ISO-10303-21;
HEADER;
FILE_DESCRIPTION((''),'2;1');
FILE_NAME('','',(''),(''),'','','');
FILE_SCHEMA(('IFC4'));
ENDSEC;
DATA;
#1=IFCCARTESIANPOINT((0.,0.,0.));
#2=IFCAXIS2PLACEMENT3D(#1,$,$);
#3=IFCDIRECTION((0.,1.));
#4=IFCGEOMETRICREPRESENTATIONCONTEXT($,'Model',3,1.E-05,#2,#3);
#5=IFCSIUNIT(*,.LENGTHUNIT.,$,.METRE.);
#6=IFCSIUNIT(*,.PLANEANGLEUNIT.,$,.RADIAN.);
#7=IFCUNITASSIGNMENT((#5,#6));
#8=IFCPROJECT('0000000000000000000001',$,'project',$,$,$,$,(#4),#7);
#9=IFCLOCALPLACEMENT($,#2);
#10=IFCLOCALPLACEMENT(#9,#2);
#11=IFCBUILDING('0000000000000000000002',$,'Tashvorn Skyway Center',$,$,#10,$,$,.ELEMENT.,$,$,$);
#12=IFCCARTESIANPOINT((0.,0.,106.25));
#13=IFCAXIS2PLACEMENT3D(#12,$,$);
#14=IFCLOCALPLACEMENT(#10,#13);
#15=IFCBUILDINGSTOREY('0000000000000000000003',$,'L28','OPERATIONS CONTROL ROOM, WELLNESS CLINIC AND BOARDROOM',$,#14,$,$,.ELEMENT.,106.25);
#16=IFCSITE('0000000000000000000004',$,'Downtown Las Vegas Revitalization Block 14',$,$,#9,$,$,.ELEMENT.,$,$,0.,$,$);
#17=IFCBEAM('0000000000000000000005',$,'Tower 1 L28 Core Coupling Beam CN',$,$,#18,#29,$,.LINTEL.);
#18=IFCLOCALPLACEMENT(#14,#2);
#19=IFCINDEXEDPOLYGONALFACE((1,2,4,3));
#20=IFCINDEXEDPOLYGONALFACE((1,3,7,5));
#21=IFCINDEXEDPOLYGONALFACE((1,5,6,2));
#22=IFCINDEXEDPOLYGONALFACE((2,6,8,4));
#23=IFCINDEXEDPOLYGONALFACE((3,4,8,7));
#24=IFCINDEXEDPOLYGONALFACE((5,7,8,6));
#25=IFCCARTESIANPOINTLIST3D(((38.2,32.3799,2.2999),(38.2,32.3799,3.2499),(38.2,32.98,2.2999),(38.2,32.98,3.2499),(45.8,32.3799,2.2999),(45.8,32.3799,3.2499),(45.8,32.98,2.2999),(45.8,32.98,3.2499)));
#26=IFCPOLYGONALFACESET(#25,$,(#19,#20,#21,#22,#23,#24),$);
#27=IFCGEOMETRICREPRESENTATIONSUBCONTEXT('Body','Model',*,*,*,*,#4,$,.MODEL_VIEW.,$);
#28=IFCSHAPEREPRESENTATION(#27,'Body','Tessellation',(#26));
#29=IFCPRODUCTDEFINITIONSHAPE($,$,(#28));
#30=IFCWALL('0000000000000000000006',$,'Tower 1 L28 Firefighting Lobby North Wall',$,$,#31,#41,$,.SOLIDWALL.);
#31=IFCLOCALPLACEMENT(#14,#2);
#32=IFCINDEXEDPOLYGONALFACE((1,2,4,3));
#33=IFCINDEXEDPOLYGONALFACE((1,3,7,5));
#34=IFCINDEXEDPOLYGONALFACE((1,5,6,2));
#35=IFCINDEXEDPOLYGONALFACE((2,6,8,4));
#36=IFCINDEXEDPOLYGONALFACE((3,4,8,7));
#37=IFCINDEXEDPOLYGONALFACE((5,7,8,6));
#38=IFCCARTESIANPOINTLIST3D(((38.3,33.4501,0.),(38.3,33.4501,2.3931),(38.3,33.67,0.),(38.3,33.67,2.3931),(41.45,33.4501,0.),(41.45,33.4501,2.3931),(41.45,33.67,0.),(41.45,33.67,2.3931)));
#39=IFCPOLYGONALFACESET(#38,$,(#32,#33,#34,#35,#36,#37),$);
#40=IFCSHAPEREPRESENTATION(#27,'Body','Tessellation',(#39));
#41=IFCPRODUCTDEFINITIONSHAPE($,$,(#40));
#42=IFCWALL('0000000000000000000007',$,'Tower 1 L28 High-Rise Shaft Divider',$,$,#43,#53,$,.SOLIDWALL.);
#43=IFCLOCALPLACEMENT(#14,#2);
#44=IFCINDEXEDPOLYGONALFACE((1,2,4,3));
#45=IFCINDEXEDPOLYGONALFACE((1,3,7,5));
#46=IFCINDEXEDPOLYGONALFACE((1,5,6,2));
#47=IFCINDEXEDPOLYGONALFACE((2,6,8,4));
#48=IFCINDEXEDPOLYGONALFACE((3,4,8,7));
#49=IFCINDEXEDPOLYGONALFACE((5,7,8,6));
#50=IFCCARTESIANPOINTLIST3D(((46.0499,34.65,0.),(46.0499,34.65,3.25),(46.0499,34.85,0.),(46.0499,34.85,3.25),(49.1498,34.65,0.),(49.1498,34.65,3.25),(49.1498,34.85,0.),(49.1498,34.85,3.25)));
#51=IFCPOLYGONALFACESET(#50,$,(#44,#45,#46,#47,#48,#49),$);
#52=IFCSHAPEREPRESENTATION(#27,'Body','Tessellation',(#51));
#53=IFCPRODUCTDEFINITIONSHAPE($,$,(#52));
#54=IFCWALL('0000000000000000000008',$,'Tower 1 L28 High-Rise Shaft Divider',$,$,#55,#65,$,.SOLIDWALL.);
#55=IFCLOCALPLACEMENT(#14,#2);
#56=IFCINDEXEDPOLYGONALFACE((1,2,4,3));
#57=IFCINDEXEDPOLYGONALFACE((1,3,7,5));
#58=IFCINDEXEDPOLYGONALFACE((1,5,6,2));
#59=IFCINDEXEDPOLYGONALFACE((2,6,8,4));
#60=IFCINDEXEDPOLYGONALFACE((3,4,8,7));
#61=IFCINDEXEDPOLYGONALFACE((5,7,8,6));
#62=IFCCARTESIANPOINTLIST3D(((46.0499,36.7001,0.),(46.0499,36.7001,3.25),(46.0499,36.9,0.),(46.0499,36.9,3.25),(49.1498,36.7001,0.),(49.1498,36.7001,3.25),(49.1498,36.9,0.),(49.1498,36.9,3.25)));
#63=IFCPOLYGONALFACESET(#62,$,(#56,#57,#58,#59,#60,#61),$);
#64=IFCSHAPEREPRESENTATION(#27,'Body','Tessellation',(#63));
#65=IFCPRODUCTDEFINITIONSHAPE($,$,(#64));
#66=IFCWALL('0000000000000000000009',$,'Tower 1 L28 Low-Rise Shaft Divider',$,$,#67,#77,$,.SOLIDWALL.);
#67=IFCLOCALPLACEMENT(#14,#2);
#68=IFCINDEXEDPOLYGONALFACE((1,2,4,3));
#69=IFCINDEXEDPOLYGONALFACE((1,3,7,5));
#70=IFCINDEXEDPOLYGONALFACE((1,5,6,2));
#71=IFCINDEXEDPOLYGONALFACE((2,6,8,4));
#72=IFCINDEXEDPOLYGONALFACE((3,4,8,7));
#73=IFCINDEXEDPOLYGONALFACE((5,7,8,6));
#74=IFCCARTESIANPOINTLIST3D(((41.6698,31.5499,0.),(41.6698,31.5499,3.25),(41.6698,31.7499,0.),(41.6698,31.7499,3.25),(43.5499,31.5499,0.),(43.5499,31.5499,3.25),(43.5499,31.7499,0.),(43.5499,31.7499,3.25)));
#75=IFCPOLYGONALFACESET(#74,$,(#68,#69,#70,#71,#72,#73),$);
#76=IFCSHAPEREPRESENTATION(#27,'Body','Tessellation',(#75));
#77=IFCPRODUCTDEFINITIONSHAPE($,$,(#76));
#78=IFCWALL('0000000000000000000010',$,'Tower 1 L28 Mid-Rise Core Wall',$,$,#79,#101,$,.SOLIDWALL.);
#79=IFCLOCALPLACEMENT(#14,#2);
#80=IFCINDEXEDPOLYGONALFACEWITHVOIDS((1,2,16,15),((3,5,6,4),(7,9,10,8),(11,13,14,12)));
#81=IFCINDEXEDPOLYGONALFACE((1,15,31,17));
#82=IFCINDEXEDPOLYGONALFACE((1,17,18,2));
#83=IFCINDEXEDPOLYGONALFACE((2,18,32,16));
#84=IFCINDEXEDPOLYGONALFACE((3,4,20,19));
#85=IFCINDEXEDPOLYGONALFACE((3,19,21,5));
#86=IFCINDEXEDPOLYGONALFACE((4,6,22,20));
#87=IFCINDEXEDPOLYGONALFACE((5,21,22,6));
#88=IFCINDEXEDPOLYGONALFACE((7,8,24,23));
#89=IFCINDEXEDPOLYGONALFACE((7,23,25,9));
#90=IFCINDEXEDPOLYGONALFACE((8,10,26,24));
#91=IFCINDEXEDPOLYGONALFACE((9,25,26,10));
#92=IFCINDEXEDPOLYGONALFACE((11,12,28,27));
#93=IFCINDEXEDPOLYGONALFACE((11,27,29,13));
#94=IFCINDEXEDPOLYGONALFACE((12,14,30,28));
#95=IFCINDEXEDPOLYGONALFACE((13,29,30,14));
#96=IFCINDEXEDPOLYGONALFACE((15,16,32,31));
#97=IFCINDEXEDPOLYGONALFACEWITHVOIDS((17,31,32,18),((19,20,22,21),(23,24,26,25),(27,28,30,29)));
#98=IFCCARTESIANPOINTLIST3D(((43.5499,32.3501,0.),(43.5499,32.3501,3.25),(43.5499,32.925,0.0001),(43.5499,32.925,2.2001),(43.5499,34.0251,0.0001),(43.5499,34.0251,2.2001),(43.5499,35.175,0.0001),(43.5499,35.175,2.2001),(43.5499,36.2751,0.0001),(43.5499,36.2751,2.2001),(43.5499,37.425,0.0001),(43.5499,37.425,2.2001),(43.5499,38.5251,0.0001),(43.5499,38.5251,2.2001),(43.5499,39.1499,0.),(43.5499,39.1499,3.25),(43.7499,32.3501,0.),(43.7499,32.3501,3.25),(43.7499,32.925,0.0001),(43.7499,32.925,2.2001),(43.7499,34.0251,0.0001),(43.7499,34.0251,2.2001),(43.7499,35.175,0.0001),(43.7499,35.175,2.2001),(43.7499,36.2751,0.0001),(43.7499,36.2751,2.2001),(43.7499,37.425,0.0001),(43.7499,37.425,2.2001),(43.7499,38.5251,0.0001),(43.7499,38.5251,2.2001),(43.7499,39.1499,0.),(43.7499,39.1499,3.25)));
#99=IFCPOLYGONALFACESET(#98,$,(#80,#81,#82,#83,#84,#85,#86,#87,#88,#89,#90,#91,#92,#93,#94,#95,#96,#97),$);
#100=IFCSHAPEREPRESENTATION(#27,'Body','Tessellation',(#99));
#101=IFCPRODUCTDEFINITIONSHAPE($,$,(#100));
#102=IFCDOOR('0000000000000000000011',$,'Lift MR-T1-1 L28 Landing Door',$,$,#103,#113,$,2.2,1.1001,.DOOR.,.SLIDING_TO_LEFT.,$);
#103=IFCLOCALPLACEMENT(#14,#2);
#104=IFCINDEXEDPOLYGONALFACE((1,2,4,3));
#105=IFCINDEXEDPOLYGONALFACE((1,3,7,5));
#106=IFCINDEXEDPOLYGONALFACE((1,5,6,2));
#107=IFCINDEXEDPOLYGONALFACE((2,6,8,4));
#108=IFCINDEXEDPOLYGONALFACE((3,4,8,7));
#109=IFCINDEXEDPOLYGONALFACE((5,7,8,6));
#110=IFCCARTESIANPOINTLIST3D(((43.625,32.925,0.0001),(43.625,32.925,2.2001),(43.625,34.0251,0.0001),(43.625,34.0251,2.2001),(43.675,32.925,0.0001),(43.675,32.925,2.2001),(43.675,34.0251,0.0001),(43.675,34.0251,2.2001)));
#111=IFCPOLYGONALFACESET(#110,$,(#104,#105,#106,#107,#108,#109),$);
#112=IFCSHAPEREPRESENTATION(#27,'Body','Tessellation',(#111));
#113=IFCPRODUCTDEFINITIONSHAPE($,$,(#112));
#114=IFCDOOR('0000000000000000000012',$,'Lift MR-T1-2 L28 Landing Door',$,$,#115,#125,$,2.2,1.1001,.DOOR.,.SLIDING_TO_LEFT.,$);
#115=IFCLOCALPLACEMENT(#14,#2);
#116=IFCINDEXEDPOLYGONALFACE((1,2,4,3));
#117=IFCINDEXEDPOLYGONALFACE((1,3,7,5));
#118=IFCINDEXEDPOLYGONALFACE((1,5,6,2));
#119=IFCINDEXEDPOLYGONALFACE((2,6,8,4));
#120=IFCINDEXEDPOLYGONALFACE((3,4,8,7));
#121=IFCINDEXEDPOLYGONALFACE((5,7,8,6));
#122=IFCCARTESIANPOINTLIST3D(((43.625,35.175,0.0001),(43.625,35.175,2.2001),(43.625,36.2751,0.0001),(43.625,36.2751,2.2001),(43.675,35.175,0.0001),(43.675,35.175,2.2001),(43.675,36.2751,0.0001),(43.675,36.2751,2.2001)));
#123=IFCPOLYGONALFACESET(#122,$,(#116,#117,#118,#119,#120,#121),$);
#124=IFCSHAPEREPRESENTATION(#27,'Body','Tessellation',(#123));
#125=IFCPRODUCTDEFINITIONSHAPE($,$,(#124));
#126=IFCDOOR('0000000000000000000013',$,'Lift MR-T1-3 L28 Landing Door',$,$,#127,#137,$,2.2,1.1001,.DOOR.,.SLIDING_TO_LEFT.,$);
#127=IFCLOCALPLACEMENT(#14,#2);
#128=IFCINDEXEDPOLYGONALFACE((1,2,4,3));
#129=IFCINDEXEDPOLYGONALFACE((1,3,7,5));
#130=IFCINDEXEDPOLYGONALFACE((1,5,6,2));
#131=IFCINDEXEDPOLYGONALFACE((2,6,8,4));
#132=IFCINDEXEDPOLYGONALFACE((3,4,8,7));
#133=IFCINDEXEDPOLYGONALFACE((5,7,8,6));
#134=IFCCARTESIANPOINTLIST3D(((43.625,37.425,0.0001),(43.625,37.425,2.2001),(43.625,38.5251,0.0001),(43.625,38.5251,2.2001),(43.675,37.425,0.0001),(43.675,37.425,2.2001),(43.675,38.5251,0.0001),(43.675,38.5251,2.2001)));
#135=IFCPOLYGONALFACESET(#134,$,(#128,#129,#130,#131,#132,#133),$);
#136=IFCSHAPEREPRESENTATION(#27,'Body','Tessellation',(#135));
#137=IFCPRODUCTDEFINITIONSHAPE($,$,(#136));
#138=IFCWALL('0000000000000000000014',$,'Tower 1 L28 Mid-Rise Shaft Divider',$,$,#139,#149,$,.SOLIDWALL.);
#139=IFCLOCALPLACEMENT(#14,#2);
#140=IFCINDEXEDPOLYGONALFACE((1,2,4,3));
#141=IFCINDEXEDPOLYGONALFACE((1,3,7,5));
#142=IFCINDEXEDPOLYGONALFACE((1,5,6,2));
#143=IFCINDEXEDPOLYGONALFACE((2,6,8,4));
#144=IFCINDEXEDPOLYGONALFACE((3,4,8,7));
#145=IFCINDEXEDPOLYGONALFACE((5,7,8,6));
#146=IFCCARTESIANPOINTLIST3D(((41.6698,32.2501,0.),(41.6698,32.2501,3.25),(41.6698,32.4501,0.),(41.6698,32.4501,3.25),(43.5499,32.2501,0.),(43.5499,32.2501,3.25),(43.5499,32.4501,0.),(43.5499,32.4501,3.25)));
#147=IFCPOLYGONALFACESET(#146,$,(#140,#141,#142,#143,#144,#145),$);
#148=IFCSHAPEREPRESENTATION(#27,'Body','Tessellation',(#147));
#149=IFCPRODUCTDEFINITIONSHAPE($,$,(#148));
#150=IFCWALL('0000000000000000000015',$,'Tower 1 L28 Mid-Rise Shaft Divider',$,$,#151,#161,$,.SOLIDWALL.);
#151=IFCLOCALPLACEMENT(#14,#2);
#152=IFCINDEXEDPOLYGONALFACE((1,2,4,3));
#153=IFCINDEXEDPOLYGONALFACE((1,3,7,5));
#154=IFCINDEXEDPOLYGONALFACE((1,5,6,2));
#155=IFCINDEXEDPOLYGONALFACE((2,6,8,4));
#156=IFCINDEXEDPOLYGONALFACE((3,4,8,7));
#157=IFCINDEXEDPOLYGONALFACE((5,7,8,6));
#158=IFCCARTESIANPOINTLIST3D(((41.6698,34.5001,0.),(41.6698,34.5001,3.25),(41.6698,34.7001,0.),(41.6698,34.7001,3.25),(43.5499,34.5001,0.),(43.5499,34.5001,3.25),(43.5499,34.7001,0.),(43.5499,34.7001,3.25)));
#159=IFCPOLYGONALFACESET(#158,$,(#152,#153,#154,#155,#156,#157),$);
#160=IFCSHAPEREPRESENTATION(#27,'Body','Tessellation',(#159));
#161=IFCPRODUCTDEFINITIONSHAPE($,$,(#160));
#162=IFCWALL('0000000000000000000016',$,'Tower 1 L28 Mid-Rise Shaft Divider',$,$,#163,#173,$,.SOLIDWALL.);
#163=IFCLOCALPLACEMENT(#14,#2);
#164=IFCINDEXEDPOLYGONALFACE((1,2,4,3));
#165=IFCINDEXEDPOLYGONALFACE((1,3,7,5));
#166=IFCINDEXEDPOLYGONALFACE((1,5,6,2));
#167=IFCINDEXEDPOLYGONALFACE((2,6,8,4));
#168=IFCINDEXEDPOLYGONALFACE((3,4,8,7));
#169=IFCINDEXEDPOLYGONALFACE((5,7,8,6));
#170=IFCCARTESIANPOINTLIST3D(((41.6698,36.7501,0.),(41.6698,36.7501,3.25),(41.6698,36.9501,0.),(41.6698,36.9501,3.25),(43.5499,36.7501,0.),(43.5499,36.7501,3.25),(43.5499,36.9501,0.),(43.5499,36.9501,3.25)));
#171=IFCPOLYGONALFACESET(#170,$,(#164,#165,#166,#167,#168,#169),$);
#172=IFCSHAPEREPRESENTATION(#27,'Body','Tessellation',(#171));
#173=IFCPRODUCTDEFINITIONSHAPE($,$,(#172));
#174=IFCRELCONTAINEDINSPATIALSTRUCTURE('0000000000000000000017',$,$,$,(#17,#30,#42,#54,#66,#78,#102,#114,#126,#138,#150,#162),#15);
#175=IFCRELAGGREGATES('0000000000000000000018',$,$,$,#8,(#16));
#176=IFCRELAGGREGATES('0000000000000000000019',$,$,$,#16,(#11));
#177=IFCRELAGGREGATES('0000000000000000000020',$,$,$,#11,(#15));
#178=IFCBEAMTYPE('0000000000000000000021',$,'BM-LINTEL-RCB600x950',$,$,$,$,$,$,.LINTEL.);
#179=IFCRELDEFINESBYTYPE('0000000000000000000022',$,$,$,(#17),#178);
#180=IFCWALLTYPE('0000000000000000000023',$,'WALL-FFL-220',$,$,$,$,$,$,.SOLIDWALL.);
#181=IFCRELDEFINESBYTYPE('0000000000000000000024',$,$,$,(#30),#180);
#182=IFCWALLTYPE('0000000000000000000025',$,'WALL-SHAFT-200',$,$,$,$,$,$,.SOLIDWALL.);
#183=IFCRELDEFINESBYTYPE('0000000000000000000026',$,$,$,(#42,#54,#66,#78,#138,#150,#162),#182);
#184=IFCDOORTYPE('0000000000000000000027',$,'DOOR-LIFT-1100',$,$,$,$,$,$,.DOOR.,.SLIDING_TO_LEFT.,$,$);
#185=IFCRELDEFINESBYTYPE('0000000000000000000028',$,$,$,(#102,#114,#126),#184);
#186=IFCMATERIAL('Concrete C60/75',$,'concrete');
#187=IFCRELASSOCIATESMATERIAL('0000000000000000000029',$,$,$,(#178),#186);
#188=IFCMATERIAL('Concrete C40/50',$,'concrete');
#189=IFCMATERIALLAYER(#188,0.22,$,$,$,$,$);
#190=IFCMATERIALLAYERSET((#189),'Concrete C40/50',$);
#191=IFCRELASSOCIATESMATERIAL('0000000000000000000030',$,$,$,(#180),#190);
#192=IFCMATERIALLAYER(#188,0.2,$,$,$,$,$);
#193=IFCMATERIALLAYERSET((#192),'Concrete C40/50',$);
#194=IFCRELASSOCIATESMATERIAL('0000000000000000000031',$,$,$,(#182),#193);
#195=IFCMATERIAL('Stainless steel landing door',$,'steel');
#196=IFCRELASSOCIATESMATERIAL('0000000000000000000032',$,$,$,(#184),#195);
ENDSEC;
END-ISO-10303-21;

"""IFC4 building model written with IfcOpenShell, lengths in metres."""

from ifc_helpers import new_model, si_unit, direction, frame, frame_2d, origin, origin_2d, place, context, subcontext, project, spatial, rectangle, extrude, material, layer, layer_set, material_profile, profile_set, type_object, element, fill, save


model = new_model("IFC4")

# Units and contexts
model_context = context("Model", 3, precision=1e-05, world=origin(), true_north=direction((0.0, 1.0)))
body_context = subcontext(model_context, "Body", "Model", "MODEL_VIEW")
ifc_project = project(units=[si_unit("LENGTHUNIT", "METRE"), si_unit("PLANEANGLEUNIT", "RADIAN")], contexts=[model_context])

# Site, building, storey
site_placement = place(None, origin())
site = spatial("IfcSite", under=ifc_project, at=site_placement, Name="Downtown Las Vegas Revitalization Block 14", CompositionType="ELEMENT", RefElevation=0.0)
building_placement = place(site_placement, origin())
building = spatial("IfcBuilding", under=site, at=building_placement, Name="Tashvorn Skyway Center", CompositionType="ELEMENT")
storey_placement = place(building_placement, frame((0.0, 0.0, 106.25)))
storey = spatial("IfcBuildingStorey", under=building, at=storey_placement, Name="L28", Description="OPERATIONS CONTROL ROOM, WELLNESS CLINIC AND BOARDROOM", CompositionType="ELEMENT", Elevation=106.25)

# Beam
ifc_material_1 = material(Name="Concrete C60/75", Category="concrete")
ifc_material_profile = material_profile(ifc_material_1, rectangle(XDim=0.6001, YDim=0.95, at=origin_2d()), Name="RCB600x950")
ifc_profile_set = profile_set([ifc_material_profile], Name="Concrete C60/75")
beam_type = type_object("IfcBeamType", Name="BM-LINTEL-RCB600x950", PredefinedType="LINTEL", material=ifc_profile_set)
beam_placement = place(storey_placement, frame((38.2, 32.6799, 2.7749), z_axis=(1.0, 0.0, 0.0), x_axis=(0.0, 1.0, 0.0)))
element("IfcBeam", 1, at=beam_placement, inside=storey, type_object=beam_type, Name="Tower 1 L28 Core Coupling Beam CN", PredefinedType="LINTEL", context=body_context, shape_type="SweptSolid", body=[
    extrude(rectangle(XDim=0.6001, YDim=0.95, at=origin_2d()), origin(), (0.0, 0.0, 1.0), 7.6001),
])

# Walls
ifc_material_2 = material(Name="Concrete C40/50", Category="concrete")
ifc_layer_1 = layer(ifc_material_2, 0.22)
ifc_layer_set_1 = layer_set([ifc_layer_1], Name="Concrete C40/50")
wall_type_1 = type_object("IfcWallType", Name="WALL-FFL-220", PredefinedType="SOLIDWALL", material=ifc_layer_set_1)
wall_1_placement = place(storey_placement, frame((38.3, 33.5601, 0.0), z_axis=(0.0, 0.0, 1.0), x_axis=(1.0, 0.0, 0.0)))
element("IfcWall", 2, at=wall_1_placement, inside=storey, type_object=wall_type_1, Name="Tower 1 L28 Firefighting Lobby North Wall", PredefinedType="SOLIDWALL", context=body_context, shape_type="SweptSolid", body=[
    extrude(rectangle(XDim=3.1499, YDim=0.22, at=frame_2d((1.575, 0.0))), origin(), (0.0, 0.0, 1.0), 2.3931),
])
ifc_layer_2 = layer(ifc_material_2, 0.2)
ifc_layer_set_2 = layer_set([ifc_layer_2], Name="Concrete C40/50")
wall_type_2 = type_object("IfcWallType", Name="WALL-SHAFT-200", PredefinedType="SOLIDWALL", material=ifc_layer_set_2)
for number, where, z_axis, x_axis, name in (
    (3, (46.05, 34.75, 0.0), (0.0, 0.0, 1.0), (1.0, 0.0, 0.0), "Tower 1 L28 High-Rise Shaft Divider"),
    (4, (46.05, 36.8, 0.0), (0.0, 0.0, 1.0), (1.0, 0.0, 0.0), "Tower 1 L28 High-Rise Shaft Divider"),
):
    element("IfcWall", number, at=place(storey_placement, frame(where, z_axis=z_axis, x_axis=x_axis)), inside=storey, type_object=wall_type_2, Name=name, PredefinedType="SOLIDWALL", context=body_context, shape_type="SweptSolid", body=[
        extrude(rectangle(XDim=3.0999, YDim=0.2, at=frame_2d((1.5498, 0.0))), origin(), (0.0, 0.0, 1.0), 3.25),
    ])
wall_2_placement = place(storey_placement, frame((41.6699, 31.6499, 0.0), z_axis=(0.0, 0.0, 1.0), x_axis=(1.0, 0.0, 0.0)))
element("IfcWall", 5, at=wall_2_placement, inside=storey, type_object=wall_type_2, Name="Tower 1 L28 Low-Rise Shaft Divider", PredefinedType="SOLIDWALL", context=body_context, shape_type="SweptSolid", body=[
    extrude(rectangle(XDim=1.8801, YDim=0.2, at=frame_2d((0.9399, 0.0))), origin(), (0.0, 0.0, 1.0), 3.25),
])

# Wall, openings, doors
wall_3_placement = place(storey_placement, frame((43.6499, 32.3501, 0.0), z_axis=(0.0, 0.0, 1.0), x_axis=(0.0, 1.0, 0.0)))
wall_3 = element("IfcWall", 6, at=wall_3_placement, inside=storey, type_object=wall_type_2, Name="Tower 1 L28 Mid-Rise Core Wall", PredefinedType="SOLIDWALL", context=body_context, shape_type="SweptSolid", body=[
    extrude(rectangle(XDim=6.7998, YDim=0.2, at=frame_2d((3.3999, 0.0))), origin(), (0.0, 0.0, 1.0), 3.25),
])
opening_1_placement = place(wall_3_placement, frame((0.575, 0.0, 0.0)))
opening_1 = element("IfcOpeningElement", 7, at=opening_1_placement, cuts=wall_3, PredefinedType="OPENING", context=body_context, shape_type="SweptSolid", body=[
    extrude(rectangle(XDim=1.1001, YDim=2.2, at=frame_2d((0.55, 1.1001))), frame((0.0, 0.1099, 0.0), z_axis=(0.0, -1.0, 0.0), x_axis=(1.0, 0.0, 0.0)), (0.0, 0.0, 1.0), 0.22),
])
opening_2_placement = place(wall_3_placement, frame((2.825, 0.0, 0.0)))
opening_2 = element("IfcOpeningElement", 8, at=opening_2_placement, cuts=wall_3, PredefinedType="OPENING", context=body_context, shape_type="SweptSolid", body=[
    extrude(rectangle(XDim=1.1001, YDim=2.2, at=frame_2d((0.55, 1.1001))), frame((0.0, 0.1099, 0.0), z_axis=(0.0, -1.0, 0.0), x_axis=(1.0, 0.0, 0.0)), (0.0, 0.0, 1.0), 0.22),
])
opening_3_placement = place(wall_3_placement, frame((5.075, 0.0, 0.0)))
opening_3 = element("IfcOpeningElement", 9, at=opening_3_placement, cuts=wall_3, PredefinedType="OPENING", context=body_context, shape_type="SweptSolid", body=[
    extrude(rectangle(XDim=1.1001, YDim=2.2, at=frame_2d((0.55, 1.1001))), frame((0.0, 0.1099, 0.0), z_axis=(0.0, -1.0, 0.0), x_axis=(1.0, 0.0, 0.0)), (0.0, 0.0, 1.0), 0.22),
])
ifc_material_3 = material(Name="Stainless steel landing door", Category="steel")
door_type_1 = type_object("IfcDoorType", Name="DOOR-LIFT-1100", OperationType="SLIDING_TO_LEFT", PredefinedType="DOOR", material=ifc_material_3)
door_1_placement = place(opening_1_placement, origin())
door_1 = element("IfcDoor", 10, at=door_1_placement, inside=storey, type_object=door_type_1, Name="Lift MR-T1-1 L28 Landing Door", OperationType="SLIDING_TO_LEFT", OverallHeight=2.2, OverallWidth=1.1001, PredefinedType="DOOR", context=body_context, shape_type="SweptSolid", body=[
    extrude(rectangle(XDim=1.1001, YDim=2.2, at=frame_2d((0.55, 1.1001))), frame((0.0, 0.0249, 0.0), z_axis=(0.0, -1.0, 0.0), x_axis=(1.0, 0.0, 0.0)), (0.0, 0.0, 1.0), 0.05),
])
fill(opening_1, door_1)
door_2_placement = place(opening_2_placement, origin())
door_2 = element("IfcDoor", 11, at=door_2_placement, inside=storey, type_object=door_type_1, Name="Lift MR-T1-2 L28 Landing Door", OperationType="SLIDING_TO_LEFT", OverallHeight=2.2, OverallWidth=1.1001, PredefinedType="DOOR", context=body_context, shape_type="SweptSolid", body=[
    extrude(rectangle(XDim=1.1001, YDim=2.2, at=frame_2d((0.55, 1.1001))), frame((0.0, 0.0249, 0.0), z_axis=(0.0, -1.0, 0.0), x_axis=(1.0, 0.0, 0.0)), (0.0, 0.0, 1.0), 0.05),
])
fill(opening_2, door_2)
door_3_placement = place(opening_3_placement, origin())
door_3 = element("IfcDoor", 12, at=door_3_placement, inside=storey, type_object=door_type_1, Name="Lift MR-T1-3 L28 Landing Door", OperationType="SLIDING_TO_LEFT", OverallHeight=2.2, OverallWidth=1.1001, PredefinedType="DOOR", context=body_context, shape_type="SweptSolid", body=[
    extrude(rectangle(XDim=1.1001, YDim=2.2, at=frame_2d((0.55, 1.1001))), frame((0.0, 0.0249, 0.0), z_axis=(0.0, -1.0, 0.0), x_axis=(1.0, 0.0, 0.0)), (0.0, 0.0, 1.0), 0.05),
])
fill(opening_3, door_3)

# Walls
for number, where, z_axis, x_axis, name in (
    (13, (41.6699, 32.3501, 0.0), (0.0, 0.0, 1.0), (1.0, 0.0, 0.0), "Tower 1 L28 Mid-Rise Shaft Divider"),
    (14, (41.6699, 34.6001, 0.0), (0.0, 0.0, 1.0), (1.0, 0.0, 0.0), "Tower 1 L28 Mid-Rise Shaft Divider"),
    (15, (41.6699, 36.8501, 0.0), (0.0, 0.0, 1.0), (1.0, 0.0, 0.0), "Tower 1 L28 Mid-Rise Shaft Divider"),
):
    element("IfcWall", number, at=place(storey_placement, frame(where, z_axis=z_axis, x_axis=x_axis)), inside=storey, type_object=wall_type_2, Name=name, PredefinedType="SOLIDWALL", context=body_context, shape_type="SweptSolid", body=[
        extrude(rectangle(XDim=1.8801, YDim=0.2, at=frame_2d((0.9399, 0.0))), origin(), (0.0, 0.0, 1.0), 3.25),
    ])

save(model, "model.ifc")
